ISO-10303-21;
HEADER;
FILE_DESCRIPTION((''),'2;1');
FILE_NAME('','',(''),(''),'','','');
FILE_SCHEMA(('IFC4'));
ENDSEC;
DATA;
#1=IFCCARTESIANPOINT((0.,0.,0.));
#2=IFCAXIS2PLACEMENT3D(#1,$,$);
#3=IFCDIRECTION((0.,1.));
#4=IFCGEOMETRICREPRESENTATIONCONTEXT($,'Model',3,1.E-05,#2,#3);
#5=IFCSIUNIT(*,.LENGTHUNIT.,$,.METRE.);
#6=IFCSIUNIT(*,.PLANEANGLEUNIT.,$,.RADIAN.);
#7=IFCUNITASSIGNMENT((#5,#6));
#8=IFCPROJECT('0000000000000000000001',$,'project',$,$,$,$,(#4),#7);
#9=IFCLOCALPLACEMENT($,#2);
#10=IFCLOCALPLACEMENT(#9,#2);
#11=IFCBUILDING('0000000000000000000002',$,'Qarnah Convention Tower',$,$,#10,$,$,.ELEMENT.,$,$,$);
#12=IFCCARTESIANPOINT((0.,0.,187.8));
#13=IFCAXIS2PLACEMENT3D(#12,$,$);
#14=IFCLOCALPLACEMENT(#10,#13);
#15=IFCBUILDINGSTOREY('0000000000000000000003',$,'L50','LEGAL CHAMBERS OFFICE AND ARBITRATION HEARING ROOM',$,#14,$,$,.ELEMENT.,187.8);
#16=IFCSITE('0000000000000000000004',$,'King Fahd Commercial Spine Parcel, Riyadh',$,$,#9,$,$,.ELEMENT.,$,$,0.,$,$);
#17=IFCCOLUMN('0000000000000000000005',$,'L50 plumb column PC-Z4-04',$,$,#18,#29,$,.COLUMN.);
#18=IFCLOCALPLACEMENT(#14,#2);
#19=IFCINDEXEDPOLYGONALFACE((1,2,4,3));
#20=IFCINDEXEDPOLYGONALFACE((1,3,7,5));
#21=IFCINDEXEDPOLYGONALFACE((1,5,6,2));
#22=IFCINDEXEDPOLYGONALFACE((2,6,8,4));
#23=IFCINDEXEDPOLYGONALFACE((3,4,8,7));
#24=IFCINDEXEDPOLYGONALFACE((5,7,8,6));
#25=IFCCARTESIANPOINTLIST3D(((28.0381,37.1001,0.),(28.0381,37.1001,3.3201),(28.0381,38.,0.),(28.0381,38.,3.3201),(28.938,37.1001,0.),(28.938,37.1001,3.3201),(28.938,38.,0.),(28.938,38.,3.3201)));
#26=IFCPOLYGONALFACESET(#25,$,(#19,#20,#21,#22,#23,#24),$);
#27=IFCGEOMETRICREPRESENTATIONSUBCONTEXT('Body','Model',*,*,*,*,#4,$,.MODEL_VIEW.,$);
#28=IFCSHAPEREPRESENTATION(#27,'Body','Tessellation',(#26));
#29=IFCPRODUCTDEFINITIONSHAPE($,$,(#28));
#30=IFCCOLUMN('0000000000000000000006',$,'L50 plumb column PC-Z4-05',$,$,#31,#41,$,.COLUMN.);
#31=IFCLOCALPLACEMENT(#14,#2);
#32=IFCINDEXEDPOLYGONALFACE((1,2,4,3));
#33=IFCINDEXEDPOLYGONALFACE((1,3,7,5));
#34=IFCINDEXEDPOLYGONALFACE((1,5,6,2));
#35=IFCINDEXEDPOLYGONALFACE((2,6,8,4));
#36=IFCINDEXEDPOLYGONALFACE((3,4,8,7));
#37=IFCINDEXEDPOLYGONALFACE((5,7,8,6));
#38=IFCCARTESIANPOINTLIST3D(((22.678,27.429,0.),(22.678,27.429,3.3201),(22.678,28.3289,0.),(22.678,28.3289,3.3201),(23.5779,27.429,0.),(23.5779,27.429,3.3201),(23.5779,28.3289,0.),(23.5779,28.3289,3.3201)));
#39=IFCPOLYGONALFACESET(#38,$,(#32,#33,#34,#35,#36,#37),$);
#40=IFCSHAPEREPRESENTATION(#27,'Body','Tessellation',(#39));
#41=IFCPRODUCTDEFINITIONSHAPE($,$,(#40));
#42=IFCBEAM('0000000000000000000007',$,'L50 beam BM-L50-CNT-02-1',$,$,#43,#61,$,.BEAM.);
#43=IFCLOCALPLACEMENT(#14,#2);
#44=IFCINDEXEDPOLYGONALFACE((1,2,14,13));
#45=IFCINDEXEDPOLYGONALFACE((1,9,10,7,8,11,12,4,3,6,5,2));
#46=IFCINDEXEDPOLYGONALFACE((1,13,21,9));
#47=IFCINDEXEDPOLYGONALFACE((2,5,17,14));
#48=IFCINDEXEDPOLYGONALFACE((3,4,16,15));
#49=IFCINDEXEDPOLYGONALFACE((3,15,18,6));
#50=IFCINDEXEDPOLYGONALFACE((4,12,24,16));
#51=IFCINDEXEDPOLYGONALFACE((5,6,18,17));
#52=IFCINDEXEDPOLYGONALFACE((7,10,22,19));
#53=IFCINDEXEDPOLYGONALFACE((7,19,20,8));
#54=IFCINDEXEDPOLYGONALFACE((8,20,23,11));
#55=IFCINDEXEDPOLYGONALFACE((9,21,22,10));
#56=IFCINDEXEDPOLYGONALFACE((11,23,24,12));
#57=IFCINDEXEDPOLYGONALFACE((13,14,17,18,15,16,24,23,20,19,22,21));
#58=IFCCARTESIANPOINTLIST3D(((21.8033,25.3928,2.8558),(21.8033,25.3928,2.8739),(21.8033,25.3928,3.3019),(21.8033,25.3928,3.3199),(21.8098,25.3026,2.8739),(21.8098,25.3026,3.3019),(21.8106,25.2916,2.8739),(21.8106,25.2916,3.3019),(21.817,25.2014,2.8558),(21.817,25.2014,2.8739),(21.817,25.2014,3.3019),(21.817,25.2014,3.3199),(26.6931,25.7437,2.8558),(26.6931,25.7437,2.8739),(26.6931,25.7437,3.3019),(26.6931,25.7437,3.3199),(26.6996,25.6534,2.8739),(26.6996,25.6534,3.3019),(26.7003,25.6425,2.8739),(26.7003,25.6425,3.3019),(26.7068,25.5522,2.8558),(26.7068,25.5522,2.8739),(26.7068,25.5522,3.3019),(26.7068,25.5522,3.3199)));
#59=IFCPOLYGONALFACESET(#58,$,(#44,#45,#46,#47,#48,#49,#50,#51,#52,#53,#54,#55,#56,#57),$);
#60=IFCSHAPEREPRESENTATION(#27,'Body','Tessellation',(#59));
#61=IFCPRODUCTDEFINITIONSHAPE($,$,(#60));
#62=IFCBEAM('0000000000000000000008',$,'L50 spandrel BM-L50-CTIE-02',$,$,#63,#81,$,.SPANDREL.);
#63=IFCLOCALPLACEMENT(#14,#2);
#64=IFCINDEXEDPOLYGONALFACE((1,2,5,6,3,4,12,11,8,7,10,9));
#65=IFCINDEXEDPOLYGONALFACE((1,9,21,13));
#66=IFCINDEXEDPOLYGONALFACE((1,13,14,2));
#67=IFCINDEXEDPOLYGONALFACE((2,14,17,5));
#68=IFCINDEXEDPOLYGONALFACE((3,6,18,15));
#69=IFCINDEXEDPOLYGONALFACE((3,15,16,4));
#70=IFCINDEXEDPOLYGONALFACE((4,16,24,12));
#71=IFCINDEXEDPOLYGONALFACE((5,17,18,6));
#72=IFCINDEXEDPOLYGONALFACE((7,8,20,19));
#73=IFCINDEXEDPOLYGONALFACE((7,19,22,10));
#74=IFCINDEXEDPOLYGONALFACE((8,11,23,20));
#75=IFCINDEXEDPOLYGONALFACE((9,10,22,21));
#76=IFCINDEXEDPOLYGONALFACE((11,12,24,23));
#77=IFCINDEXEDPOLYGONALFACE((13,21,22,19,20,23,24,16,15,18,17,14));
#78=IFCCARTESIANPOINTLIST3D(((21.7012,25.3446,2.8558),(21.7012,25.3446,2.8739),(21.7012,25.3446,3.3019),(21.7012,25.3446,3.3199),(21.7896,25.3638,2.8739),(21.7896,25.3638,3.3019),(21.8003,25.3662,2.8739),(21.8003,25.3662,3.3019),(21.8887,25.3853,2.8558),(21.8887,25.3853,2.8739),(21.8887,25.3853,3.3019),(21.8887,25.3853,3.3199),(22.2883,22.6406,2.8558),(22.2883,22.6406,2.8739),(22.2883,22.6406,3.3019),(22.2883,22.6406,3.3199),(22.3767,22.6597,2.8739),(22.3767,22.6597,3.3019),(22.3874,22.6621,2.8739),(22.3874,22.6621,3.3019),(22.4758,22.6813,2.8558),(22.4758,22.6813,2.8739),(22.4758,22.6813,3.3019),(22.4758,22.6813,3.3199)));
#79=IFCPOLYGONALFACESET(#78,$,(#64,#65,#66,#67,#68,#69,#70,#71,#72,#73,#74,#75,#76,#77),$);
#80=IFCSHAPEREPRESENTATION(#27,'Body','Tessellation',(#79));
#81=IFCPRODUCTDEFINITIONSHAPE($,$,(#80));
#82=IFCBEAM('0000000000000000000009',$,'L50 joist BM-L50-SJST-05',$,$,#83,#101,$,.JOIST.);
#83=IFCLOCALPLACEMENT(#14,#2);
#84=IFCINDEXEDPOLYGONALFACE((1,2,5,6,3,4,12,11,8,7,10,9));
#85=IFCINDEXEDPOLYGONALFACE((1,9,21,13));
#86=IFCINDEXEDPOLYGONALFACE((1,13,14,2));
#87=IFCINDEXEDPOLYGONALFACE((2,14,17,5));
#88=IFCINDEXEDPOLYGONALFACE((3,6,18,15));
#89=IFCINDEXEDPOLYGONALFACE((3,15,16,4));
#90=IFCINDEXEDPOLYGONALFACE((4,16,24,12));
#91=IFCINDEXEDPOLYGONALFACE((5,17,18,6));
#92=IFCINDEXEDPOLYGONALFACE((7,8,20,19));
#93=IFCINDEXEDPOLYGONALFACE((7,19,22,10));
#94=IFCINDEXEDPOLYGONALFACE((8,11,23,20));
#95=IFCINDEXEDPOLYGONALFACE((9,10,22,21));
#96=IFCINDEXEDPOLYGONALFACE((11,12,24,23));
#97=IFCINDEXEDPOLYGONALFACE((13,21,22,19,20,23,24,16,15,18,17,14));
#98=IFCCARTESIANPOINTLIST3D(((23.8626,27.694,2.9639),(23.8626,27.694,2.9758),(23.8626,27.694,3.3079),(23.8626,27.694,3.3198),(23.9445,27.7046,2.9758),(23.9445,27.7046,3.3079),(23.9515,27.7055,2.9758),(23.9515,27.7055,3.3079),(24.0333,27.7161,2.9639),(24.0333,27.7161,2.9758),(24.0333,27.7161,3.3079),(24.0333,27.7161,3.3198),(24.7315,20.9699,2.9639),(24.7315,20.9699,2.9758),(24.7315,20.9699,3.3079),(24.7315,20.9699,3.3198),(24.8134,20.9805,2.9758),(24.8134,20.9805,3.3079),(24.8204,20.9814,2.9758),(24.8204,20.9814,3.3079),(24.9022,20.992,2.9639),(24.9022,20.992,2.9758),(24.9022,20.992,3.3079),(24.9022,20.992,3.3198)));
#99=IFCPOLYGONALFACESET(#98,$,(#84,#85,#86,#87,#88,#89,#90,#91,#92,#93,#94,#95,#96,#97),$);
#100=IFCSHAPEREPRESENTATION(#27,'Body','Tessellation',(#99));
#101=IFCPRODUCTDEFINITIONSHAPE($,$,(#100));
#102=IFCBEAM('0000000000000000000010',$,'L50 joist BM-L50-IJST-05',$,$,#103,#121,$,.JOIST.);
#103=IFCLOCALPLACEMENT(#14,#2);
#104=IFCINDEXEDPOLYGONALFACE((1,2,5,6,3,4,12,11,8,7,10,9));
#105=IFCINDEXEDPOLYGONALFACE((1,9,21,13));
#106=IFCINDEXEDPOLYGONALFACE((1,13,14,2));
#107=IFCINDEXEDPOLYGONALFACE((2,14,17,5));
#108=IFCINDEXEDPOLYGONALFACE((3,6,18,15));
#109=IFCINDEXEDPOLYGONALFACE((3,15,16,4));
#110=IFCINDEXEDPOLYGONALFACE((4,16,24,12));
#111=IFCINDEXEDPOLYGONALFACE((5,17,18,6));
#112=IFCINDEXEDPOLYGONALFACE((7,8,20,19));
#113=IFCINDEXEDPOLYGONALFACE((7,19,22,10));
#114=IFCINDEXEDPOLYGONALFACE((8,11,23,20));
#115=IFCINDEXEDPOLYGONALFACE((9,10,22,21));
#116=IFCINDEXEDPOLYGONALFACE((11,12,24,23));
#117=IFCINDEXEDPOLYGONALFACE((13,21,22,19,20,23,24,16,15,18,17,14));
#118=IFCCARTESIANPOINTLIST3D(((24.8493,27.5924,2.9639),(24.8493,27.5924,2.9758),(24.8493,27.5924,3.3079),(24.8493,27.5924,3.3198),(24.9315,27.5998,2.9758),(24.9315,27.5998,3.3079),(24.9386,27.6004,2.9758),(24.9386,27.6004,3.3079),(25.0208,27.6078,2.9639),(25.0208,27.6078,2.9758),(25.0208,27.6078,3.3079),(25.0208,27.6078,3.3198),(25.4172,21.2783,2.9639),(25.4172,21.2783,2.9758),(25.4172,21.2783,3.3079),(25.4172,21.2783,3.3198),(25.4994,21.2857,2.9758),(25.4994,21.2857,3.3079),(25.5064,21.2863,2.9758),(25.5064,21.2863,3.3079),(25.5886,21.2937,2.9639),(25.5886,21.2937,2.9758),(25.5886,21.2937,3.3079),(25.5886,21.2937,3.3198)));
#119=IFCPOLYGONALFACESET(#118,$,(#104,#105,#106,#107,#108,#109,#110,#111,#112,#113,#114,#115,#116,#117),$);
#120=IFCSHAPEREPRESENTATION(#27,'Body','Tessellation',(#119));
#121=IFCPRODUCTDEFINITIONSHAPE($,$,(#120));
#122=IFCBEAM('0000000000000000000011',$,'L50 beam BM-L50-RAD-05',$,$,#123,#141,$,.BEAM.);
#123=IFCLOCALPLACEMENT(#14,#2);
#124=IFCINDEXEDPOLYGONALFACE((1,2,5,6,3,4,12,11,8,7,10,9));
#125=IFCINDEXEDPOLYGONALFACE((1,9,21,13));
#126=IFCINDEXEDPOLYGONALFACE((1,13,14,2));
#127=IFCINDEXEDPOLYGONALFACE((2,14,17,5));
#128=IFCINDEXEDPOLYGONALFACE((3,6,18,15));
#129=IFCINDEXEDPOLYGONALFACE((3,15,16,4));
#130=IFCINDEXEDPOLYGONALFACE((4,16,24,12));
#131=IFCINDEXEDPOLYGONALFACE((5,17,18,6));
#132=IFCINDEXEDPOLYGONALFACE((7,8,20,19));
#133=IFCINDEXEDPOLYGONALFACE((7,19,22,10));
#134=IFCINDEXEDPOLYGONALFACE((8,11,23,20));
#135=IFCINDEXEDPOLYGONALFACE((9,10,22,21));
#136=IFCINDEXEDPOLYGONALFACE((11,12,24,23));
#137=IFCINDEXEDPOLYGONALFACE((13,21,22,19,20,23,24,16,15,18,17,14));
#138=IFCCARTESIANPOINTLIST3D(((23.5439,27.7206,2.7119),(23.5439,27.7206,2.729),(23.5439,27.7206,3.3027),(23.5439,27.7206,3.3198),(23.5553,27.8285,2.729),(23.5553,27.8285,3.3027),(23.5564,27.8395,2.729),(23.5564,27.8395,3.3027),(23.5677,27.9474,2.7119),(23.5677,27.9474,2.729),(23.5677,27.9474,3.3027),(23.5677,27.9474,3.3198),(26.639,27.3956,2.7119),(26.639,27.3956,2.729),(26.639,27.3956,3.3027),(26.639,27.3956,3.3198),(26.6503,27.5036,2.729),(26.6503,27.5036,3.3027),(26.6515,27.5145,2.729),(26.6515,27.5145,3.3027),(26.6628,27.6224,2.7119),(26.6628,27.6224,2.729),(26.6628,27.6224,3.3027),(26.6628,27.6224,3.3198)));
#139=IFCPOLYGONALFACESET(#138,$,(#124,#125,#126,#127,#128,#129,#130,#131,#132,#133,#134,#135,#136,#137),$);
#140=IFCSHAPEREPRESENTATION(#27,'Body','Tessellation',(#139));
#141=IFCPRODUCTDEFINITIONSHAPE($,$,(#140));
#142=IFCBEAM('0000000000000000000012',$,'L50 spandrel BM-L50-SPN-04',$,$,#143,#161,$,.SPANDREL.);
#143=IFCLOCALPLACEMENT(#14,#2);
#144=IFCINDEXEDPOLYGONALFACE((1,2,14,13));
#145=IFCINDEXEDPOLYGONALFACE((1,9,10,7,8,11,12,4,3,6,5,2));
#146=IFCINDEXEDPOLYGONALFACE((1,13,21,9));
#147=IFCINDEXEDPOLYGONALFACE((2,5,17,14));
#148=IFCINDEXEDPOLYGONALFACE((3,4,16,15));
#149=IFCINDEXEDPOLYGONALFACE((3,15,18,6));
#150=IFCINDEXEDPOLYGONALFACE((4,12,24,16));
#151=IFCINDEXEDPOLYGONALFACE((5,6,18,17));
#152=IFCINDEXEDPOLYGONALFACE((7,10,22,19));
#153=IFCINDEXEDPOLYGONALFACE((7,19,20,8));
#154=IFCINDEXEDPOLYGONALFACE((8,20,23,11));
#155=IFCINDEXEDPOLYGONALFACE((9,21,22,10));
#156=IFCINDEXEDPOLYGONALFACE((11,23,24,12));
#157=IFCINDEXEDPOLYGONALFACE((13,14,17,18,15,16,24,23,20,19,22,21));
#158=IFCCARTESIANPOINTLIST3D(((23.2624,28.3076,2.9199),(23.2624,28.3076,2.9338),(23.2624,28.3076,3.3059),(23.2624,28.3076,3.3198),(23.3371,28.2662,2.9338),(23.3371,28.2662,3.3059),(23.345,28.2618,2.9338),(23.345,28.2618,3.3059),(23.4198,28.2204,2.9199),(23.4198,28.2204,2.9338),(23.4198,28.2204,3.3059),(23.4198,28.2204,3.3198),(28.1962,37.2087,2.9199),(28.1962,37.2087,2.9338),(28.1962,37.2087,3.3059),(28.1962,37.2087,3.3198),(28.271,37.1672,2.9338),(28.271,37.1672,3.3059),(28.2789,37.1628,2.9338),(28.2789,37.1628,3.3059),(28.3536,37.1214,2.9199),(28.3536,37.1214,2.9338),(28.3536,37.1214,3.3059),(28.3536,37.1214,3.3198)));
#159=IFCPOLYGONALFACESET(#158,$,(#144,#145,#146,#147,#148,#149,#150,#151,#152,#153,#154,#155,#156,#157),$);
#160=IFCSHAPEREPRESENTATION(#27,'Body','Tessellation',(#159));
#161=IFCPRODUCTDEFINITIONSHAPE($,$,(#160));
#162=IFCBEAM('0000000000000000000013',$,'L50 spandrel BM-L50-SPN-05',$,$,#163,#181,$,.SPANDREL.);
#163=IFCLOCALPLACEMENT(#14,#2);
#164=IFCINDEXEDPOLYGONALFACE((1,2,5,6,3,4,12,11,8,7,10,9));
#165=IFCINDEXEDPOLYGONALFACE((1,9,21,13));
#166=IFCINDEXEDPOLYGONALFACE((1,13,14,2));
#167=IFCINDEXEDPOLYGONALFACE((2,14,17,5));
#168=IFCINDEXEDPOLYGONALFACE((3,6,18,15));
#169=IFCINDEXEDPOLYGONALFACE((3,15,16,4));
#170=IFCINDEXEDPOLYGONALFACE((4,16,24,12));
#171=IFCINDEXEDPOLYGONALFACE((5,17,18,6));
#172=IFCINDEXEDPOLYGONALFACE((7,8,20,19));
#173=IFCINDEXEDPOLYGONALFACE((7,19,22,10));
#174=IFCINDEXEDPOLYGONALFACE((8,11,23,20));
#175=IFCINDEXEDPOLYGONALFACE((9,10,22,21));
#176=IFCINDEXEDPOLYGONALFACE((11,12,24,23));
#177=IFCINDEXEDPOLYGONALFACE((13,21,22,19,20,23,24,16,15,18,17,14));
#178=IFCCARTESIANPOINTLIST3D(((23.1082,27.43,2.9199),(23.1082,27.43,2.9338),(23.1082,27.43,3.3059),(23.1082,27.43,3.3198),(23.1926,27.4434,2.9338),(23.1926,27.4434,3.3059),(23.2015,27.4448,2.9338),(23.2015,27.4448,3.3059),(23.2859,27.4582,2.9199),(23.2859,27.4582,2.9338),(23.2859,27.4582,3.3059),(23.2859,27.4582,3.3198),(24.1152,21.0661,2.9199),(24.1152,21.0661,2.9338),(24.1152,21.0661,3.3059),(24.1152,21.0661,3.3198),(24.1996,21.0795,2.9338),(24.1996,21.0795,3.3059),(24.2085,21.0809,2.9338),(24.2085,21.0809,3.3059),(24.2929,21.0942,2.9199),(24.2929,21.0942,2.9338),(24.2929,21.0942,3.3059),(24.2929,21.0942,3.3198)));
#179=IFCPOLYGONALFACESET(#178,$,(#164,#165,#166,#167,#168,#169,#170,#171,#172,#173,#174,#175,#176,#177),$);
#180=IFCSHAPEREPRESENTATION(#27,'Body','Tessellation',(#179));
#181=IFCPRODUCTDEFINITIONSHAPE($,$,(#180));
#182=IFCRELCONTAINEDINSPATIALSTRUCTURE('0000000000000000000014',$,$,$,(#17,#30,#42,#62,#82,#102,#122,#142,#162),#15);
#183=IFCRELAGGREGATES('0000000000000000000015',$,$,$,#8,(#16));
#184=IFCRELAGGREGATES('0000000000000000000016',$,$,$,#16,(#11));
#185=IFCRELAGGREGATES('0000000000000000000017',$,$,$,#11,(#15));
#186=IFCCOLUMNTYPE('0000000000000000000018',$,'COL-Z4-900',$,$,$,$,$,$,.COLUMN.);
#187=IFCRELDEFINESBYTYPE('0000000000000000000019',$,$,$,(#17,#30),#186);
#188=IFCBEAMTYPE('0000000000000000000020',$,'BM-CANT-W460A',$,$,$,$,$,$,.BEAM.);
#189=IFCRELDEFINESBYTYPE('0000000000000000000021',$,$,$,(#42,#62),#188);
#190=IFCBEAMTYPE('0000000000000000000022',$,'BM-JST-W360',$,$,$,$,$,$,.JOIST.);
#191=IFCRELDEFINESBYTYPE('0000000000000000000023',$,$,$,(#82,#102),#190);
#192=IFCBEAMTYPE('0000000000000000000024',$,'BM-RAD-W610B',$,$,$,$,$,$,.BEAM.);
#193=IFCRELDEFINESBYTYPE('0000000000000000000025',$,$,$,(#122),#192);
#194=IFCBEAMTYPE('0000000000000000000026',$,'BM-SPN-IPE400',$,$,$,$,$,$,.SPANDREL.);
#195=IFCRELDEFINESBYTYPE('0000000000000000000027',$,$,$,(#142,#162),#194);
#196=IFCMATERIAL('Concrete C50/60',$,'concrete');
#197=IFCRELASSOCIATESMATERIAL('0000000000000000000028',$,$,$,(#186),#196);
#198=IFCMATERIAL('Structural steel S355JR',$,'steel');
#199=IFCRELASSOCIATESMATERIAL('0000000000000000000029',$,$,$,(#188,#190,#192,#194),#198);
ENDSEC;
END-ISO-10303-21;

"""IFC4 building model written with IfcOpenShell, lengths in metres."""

from ifc_helpers import new_model, si_unit, direction, frame, origin, origin_2d, place, context, subcontext, project, spatial, rectangle, i_section, extrude, material, material_profile, profile_set, type_object, element, save


model = new_model("IFC4")

# Units and contexts
model_context = context("Model", 3, precision=1e-05, world=origin(), true_north=direction((0.0, 1.0)))
body_context = subcontext(model_context, "Body", "Model", "MODEL_VIEW")
ifc_project = project(units=[si_unit("LENGTHUNIT", "METRE"), si_unit("PLANEANGLEUNIT", "RADIAN")], contexts=[model_context])

# Site, building, storey
site_placement = place(None, origin())
site = spatial("IfcSite", under=ifc_project, at=site_placement, Name="King Fahd Commercial Spine Parcel, Riyadh", CompositionType="ELEMENT", RefElevation=0.0)
building_placement = place(site_placement, origin())
building = spatial("IfcBuilding", under=site, at=building_placement, Name="Qarnah Convention Tower", CompositionType="ELEMENT")
storey_placement = place(building_placement, frame((0.0, 0.0, 187.8)))
storey = spatial("IfcBuildingStorey", under=building, at=storey_placement, Name="L50", Description="LEGAL CHAMBERS OFFICE AND ARBITRATION HEARING ROOM", CompositionType="ELEMENT", Elevation=187.8)

# Columns
ifc_material_1 = material(Name="Concrete C50/60", Category="concrete")
ifc_material_profile_1 = material_profile(ifc_material_1, rectangle(XDim=0.8999, YDim=0.8999, at=origin_2d()), Name="RC-COL-900X900")
ifc_profile_set_1 = profile_set([ifc_material_profile_1], Name="Concrete C50/60")
column_type = type_object("IfcColumnType", Name="COL-Z4-900", PredefinedType="COLUMN", material=ifc_profile_set_1)
for number, where, z_axis, x_axis, name in (
    (1, (28.488, 37.55, 0.0), (0.0, 0.0, 1.0), (1.0, 0.0, 0.0), "L50 plumb column PC-Z4-04"),
    (2, (23.1279, 27.8789, 0.0), (0.0, 0.0, 1.0), (1.0, 0.0, 0.0), "L50 plumb column PC-Z4-05"),
):
    element("IfcColumn", number, at=place(storey_placement, frame(where, z_axis=z_axis, x_axis=x_axis)), inside=storey, type_object=column_type, Name=name, PredefinedType="COLUMN", context=body_context, shape_type="SweptSolid", body=[
        extrude(rectangle(XDim=0.8999, YDim=0.8999, at=origin_2d()), origin(), (0.0, 0.0, 1.0), 3.3201),
    ])

# Beams
ifc_material_2 = material(Name="Structural steel S355JR", Category="steel")
ifc_material_profile_2 = material_profile(ifc_material_2, i_section(OverallWidth=0.1919, OverallDepth=0.4641, WebThickness=0.011, FlangeThickness=0.0181, at=origin_2d()), Name="W460X89")
ifc_profile_set_2 = profile_set([ifc_material_profile_2], Name="Structural steel S355JR")
beam_type_1 = type_object("IfcBeamType", Name="BM-CANT-W460A", PredefinedType="BEAM", material=ifc_profile_set_2)
beam_1_placement = place(storey_placement, frame((26.7, 25.6479, 3.0879), z_axis=(-0.997436, -0.071562, 0.0), x_axis=(0.071562, -0.997436, 0.0)))
element("IfcBeam", 3, at=beam_1_placement, inside=storey, type_object=beam_type_1, Name="L50 beam BM-L50-CNT-02-1", PredefinedType="BEAM", context=body_context, shape_type="SweptSolid", body=[
    extrude(i_section(OverallWidth=0.1919, OverallDepth=0.4641, WebThickness=0.011, FlangeThickness=0.0181, at=origin_2d()), origin(), (0.0, 0.0, 1.0), 4.9023),
])
beam_2_placement = place(storey_placement, frame((21.7949, 25.365, 3.0879), z_axis=(0.212192, -0.977228, 0.0), x_axis=(0.977228, 0.212192, 0.0)))
element("IfcBeam", 4, at=beam_2_placement, inside=storey, type_object=beam_type_1, Name="L50 spandrel BM-L50-CTIE-02", PredefinedType="SPANDREL", context=body_context, shape_type="SweptSolid", body=[
    extrude(i_section(OverallWidth=0.1919, OverallDepth=0.4641, WebThickness=0.011, FlangeThickness=0.0181, at=origin_2d()), origin(), (0.0, 0.0, 1.0), 2.7671),
])
ifc_material_profile_3 = material_profile(ifc_material_2, i_section(OverallWidth=0.1721, OverallDepth=0.356, WebThickness=0.0071, FlangeThickness=0.012, at=origin_2d()), Name="W360X51")
ifc_profile_set_3 = profile_set([ifc_material_profile_3], Name="Structural steel S355JR")
beam_type_2 = type_object("IfcBeamType", Name="BM-JST-W360", PredefinedType="JOIST", material=ifc_profile_set_3)
beam_3_placement = place(storey_placement, frame((23.948, 27.7051, 3.1418), z_axis=(0.128155, -0.991754, 0.0), x_axis=(0.991754, 0.128155, 0.0)))
element("IfcBeam", 5, at=beam_3_placement, inside=storey, type_object=beam_type_2, Name="L50 joist BM-L50-SJST-05", PredefinedType="JOIST", context=body_context, shape_type="SweptSolid", body=[
    extrude(i_section(OverallWidth=0.1721, OverallDepth=0.356, WebThickness=0.0071, FlangeThickness=0.012, at=origin_2d()), origin(), (0.0, 0.0, 1.0), 6.78),
])
beam_4_placement = place(storey_placement, frame((24.9351, 27.6001, 3.1418), z_axis=(0.089574, -0.99598, 0.0), x_axis=(0.99598, 0.089574, 0.0)))
element("IfcBeam", 6, at=beam_4_placement, inside=storey, type_object=beam_type_2, Name="L50 joist BM-L50-IJST-05", PredefinedType="JOIST", context=body_context, shape_type="SweptSolid", body=[
    extrude(i_section(OverallWidth=0.1721, OverallDepth=0.356, WebThickness=0.0071, FlangeThickness=0.012, at=origin_2d()), origin(), (0.0, 0.0, 1.0), 6.3396),
])
ifc_material_profile_4 = material_profile(ifc_material_2, i_section(OverallWidth=0.228, OverallDepth=0.6079, WebThickness=0.011, FlangeThickness=0.0171, at=origin_2d()), Name="W610X113")
ifc_profile_set_4 = profile_set([ifc_material_profile_4], Name="Structural steel S355JR")
beam_type_3 = type_object("IfcBeamType", Name="BM-RAD-W610B", PredefinedType="BEAM", material=ifc_profile_set_4)
beam_5_placement = place(storey_placement, frame((26.6509, 27.509, 3.0159), z_axis=(-0.994533, 0.104419, 0.0), x_axis=(-0.104419, -0.994533, 0.0)))
element("IfcBeam", 7, at=beam_5_placement, inside=storey, type_object=beam_type_3, Name="L50 beam BM-L50-RAD-05", PredefinedType="BEAM", context=body_context, shape_type="SweptSolid", body=[
    extrude(i_section(OverallWidth=0.228, OverallDepth=0.6079, WebThickness=0.011, FlangeThickness=0.0171, at=origin_2d()), origin(), (0.0, 0.0, 1.0), 3.1121),
])
ifc_material_profile_5 = material_profile(ifc_material_2, i_section(OverallWidth=0.1799, OverallDepth=0.3999, WebThickness=0.009, FlangeThickness=0.0139, at=origin_2d()), Name="IPE400")
ifc_profile_set_5 = profile_set([ifc_material_profile_5], Name="Structural steel S355JR")
beam_type_4 = type_object("IfcBeamType", Name="BM-SPN-IPE400", PredefinedType="SPANDREL", material=ifc_profile_set_5)
beam_6_placement = place(storey_placement, frame((28.2749, 37.165, 3.1199), z_axis=(-0.484799, -0.874625, 0.0), x_axis=(0.874625, -0.484799, 0.0)))
element("IfcBeam", 8, at=beam_6_placement, inside=storey, type_object=beam_type_4, Name="L50 spandrel BM-L50-SPN-04", PredefinedType="SPANDREL", context=body_context, shape_type="SweptSolid", body=[
    extrude(i_section(OverallWidth=0.1799, OverallDepth=0.3999, WebThickness=0.009, FlangeThickness=0.0139, at=origin_2d()), origin(), (0.0, 0.0, 1.0), 10.177),
])
beam_7_placement = place(storey_placement, frame((23.197, 27.4441, 3.1199), z_axis=(0.156301, -0.987709, 0.0), x_axis=(0.987709, 0.156301, 0.0)))
element("IfcBeam", 9, at=beam_7_placement, inside=storey, type_object=beam_type_4, Name="L50 spandrel BM-L50-SPN-05", PredefinedType="SPANDREL", context=body_context, shape_type="SweptSolid", body=[
    extrude(i_section(OverallWidth=0.1799, OverallDepth=0.3999, WebThickness=0.009, FlangeThickness=0.0139, at=origin_2d()), origin(), (0.0, 0.0, 1.0), 6.4431),
])

save(model, "model.ifc")
